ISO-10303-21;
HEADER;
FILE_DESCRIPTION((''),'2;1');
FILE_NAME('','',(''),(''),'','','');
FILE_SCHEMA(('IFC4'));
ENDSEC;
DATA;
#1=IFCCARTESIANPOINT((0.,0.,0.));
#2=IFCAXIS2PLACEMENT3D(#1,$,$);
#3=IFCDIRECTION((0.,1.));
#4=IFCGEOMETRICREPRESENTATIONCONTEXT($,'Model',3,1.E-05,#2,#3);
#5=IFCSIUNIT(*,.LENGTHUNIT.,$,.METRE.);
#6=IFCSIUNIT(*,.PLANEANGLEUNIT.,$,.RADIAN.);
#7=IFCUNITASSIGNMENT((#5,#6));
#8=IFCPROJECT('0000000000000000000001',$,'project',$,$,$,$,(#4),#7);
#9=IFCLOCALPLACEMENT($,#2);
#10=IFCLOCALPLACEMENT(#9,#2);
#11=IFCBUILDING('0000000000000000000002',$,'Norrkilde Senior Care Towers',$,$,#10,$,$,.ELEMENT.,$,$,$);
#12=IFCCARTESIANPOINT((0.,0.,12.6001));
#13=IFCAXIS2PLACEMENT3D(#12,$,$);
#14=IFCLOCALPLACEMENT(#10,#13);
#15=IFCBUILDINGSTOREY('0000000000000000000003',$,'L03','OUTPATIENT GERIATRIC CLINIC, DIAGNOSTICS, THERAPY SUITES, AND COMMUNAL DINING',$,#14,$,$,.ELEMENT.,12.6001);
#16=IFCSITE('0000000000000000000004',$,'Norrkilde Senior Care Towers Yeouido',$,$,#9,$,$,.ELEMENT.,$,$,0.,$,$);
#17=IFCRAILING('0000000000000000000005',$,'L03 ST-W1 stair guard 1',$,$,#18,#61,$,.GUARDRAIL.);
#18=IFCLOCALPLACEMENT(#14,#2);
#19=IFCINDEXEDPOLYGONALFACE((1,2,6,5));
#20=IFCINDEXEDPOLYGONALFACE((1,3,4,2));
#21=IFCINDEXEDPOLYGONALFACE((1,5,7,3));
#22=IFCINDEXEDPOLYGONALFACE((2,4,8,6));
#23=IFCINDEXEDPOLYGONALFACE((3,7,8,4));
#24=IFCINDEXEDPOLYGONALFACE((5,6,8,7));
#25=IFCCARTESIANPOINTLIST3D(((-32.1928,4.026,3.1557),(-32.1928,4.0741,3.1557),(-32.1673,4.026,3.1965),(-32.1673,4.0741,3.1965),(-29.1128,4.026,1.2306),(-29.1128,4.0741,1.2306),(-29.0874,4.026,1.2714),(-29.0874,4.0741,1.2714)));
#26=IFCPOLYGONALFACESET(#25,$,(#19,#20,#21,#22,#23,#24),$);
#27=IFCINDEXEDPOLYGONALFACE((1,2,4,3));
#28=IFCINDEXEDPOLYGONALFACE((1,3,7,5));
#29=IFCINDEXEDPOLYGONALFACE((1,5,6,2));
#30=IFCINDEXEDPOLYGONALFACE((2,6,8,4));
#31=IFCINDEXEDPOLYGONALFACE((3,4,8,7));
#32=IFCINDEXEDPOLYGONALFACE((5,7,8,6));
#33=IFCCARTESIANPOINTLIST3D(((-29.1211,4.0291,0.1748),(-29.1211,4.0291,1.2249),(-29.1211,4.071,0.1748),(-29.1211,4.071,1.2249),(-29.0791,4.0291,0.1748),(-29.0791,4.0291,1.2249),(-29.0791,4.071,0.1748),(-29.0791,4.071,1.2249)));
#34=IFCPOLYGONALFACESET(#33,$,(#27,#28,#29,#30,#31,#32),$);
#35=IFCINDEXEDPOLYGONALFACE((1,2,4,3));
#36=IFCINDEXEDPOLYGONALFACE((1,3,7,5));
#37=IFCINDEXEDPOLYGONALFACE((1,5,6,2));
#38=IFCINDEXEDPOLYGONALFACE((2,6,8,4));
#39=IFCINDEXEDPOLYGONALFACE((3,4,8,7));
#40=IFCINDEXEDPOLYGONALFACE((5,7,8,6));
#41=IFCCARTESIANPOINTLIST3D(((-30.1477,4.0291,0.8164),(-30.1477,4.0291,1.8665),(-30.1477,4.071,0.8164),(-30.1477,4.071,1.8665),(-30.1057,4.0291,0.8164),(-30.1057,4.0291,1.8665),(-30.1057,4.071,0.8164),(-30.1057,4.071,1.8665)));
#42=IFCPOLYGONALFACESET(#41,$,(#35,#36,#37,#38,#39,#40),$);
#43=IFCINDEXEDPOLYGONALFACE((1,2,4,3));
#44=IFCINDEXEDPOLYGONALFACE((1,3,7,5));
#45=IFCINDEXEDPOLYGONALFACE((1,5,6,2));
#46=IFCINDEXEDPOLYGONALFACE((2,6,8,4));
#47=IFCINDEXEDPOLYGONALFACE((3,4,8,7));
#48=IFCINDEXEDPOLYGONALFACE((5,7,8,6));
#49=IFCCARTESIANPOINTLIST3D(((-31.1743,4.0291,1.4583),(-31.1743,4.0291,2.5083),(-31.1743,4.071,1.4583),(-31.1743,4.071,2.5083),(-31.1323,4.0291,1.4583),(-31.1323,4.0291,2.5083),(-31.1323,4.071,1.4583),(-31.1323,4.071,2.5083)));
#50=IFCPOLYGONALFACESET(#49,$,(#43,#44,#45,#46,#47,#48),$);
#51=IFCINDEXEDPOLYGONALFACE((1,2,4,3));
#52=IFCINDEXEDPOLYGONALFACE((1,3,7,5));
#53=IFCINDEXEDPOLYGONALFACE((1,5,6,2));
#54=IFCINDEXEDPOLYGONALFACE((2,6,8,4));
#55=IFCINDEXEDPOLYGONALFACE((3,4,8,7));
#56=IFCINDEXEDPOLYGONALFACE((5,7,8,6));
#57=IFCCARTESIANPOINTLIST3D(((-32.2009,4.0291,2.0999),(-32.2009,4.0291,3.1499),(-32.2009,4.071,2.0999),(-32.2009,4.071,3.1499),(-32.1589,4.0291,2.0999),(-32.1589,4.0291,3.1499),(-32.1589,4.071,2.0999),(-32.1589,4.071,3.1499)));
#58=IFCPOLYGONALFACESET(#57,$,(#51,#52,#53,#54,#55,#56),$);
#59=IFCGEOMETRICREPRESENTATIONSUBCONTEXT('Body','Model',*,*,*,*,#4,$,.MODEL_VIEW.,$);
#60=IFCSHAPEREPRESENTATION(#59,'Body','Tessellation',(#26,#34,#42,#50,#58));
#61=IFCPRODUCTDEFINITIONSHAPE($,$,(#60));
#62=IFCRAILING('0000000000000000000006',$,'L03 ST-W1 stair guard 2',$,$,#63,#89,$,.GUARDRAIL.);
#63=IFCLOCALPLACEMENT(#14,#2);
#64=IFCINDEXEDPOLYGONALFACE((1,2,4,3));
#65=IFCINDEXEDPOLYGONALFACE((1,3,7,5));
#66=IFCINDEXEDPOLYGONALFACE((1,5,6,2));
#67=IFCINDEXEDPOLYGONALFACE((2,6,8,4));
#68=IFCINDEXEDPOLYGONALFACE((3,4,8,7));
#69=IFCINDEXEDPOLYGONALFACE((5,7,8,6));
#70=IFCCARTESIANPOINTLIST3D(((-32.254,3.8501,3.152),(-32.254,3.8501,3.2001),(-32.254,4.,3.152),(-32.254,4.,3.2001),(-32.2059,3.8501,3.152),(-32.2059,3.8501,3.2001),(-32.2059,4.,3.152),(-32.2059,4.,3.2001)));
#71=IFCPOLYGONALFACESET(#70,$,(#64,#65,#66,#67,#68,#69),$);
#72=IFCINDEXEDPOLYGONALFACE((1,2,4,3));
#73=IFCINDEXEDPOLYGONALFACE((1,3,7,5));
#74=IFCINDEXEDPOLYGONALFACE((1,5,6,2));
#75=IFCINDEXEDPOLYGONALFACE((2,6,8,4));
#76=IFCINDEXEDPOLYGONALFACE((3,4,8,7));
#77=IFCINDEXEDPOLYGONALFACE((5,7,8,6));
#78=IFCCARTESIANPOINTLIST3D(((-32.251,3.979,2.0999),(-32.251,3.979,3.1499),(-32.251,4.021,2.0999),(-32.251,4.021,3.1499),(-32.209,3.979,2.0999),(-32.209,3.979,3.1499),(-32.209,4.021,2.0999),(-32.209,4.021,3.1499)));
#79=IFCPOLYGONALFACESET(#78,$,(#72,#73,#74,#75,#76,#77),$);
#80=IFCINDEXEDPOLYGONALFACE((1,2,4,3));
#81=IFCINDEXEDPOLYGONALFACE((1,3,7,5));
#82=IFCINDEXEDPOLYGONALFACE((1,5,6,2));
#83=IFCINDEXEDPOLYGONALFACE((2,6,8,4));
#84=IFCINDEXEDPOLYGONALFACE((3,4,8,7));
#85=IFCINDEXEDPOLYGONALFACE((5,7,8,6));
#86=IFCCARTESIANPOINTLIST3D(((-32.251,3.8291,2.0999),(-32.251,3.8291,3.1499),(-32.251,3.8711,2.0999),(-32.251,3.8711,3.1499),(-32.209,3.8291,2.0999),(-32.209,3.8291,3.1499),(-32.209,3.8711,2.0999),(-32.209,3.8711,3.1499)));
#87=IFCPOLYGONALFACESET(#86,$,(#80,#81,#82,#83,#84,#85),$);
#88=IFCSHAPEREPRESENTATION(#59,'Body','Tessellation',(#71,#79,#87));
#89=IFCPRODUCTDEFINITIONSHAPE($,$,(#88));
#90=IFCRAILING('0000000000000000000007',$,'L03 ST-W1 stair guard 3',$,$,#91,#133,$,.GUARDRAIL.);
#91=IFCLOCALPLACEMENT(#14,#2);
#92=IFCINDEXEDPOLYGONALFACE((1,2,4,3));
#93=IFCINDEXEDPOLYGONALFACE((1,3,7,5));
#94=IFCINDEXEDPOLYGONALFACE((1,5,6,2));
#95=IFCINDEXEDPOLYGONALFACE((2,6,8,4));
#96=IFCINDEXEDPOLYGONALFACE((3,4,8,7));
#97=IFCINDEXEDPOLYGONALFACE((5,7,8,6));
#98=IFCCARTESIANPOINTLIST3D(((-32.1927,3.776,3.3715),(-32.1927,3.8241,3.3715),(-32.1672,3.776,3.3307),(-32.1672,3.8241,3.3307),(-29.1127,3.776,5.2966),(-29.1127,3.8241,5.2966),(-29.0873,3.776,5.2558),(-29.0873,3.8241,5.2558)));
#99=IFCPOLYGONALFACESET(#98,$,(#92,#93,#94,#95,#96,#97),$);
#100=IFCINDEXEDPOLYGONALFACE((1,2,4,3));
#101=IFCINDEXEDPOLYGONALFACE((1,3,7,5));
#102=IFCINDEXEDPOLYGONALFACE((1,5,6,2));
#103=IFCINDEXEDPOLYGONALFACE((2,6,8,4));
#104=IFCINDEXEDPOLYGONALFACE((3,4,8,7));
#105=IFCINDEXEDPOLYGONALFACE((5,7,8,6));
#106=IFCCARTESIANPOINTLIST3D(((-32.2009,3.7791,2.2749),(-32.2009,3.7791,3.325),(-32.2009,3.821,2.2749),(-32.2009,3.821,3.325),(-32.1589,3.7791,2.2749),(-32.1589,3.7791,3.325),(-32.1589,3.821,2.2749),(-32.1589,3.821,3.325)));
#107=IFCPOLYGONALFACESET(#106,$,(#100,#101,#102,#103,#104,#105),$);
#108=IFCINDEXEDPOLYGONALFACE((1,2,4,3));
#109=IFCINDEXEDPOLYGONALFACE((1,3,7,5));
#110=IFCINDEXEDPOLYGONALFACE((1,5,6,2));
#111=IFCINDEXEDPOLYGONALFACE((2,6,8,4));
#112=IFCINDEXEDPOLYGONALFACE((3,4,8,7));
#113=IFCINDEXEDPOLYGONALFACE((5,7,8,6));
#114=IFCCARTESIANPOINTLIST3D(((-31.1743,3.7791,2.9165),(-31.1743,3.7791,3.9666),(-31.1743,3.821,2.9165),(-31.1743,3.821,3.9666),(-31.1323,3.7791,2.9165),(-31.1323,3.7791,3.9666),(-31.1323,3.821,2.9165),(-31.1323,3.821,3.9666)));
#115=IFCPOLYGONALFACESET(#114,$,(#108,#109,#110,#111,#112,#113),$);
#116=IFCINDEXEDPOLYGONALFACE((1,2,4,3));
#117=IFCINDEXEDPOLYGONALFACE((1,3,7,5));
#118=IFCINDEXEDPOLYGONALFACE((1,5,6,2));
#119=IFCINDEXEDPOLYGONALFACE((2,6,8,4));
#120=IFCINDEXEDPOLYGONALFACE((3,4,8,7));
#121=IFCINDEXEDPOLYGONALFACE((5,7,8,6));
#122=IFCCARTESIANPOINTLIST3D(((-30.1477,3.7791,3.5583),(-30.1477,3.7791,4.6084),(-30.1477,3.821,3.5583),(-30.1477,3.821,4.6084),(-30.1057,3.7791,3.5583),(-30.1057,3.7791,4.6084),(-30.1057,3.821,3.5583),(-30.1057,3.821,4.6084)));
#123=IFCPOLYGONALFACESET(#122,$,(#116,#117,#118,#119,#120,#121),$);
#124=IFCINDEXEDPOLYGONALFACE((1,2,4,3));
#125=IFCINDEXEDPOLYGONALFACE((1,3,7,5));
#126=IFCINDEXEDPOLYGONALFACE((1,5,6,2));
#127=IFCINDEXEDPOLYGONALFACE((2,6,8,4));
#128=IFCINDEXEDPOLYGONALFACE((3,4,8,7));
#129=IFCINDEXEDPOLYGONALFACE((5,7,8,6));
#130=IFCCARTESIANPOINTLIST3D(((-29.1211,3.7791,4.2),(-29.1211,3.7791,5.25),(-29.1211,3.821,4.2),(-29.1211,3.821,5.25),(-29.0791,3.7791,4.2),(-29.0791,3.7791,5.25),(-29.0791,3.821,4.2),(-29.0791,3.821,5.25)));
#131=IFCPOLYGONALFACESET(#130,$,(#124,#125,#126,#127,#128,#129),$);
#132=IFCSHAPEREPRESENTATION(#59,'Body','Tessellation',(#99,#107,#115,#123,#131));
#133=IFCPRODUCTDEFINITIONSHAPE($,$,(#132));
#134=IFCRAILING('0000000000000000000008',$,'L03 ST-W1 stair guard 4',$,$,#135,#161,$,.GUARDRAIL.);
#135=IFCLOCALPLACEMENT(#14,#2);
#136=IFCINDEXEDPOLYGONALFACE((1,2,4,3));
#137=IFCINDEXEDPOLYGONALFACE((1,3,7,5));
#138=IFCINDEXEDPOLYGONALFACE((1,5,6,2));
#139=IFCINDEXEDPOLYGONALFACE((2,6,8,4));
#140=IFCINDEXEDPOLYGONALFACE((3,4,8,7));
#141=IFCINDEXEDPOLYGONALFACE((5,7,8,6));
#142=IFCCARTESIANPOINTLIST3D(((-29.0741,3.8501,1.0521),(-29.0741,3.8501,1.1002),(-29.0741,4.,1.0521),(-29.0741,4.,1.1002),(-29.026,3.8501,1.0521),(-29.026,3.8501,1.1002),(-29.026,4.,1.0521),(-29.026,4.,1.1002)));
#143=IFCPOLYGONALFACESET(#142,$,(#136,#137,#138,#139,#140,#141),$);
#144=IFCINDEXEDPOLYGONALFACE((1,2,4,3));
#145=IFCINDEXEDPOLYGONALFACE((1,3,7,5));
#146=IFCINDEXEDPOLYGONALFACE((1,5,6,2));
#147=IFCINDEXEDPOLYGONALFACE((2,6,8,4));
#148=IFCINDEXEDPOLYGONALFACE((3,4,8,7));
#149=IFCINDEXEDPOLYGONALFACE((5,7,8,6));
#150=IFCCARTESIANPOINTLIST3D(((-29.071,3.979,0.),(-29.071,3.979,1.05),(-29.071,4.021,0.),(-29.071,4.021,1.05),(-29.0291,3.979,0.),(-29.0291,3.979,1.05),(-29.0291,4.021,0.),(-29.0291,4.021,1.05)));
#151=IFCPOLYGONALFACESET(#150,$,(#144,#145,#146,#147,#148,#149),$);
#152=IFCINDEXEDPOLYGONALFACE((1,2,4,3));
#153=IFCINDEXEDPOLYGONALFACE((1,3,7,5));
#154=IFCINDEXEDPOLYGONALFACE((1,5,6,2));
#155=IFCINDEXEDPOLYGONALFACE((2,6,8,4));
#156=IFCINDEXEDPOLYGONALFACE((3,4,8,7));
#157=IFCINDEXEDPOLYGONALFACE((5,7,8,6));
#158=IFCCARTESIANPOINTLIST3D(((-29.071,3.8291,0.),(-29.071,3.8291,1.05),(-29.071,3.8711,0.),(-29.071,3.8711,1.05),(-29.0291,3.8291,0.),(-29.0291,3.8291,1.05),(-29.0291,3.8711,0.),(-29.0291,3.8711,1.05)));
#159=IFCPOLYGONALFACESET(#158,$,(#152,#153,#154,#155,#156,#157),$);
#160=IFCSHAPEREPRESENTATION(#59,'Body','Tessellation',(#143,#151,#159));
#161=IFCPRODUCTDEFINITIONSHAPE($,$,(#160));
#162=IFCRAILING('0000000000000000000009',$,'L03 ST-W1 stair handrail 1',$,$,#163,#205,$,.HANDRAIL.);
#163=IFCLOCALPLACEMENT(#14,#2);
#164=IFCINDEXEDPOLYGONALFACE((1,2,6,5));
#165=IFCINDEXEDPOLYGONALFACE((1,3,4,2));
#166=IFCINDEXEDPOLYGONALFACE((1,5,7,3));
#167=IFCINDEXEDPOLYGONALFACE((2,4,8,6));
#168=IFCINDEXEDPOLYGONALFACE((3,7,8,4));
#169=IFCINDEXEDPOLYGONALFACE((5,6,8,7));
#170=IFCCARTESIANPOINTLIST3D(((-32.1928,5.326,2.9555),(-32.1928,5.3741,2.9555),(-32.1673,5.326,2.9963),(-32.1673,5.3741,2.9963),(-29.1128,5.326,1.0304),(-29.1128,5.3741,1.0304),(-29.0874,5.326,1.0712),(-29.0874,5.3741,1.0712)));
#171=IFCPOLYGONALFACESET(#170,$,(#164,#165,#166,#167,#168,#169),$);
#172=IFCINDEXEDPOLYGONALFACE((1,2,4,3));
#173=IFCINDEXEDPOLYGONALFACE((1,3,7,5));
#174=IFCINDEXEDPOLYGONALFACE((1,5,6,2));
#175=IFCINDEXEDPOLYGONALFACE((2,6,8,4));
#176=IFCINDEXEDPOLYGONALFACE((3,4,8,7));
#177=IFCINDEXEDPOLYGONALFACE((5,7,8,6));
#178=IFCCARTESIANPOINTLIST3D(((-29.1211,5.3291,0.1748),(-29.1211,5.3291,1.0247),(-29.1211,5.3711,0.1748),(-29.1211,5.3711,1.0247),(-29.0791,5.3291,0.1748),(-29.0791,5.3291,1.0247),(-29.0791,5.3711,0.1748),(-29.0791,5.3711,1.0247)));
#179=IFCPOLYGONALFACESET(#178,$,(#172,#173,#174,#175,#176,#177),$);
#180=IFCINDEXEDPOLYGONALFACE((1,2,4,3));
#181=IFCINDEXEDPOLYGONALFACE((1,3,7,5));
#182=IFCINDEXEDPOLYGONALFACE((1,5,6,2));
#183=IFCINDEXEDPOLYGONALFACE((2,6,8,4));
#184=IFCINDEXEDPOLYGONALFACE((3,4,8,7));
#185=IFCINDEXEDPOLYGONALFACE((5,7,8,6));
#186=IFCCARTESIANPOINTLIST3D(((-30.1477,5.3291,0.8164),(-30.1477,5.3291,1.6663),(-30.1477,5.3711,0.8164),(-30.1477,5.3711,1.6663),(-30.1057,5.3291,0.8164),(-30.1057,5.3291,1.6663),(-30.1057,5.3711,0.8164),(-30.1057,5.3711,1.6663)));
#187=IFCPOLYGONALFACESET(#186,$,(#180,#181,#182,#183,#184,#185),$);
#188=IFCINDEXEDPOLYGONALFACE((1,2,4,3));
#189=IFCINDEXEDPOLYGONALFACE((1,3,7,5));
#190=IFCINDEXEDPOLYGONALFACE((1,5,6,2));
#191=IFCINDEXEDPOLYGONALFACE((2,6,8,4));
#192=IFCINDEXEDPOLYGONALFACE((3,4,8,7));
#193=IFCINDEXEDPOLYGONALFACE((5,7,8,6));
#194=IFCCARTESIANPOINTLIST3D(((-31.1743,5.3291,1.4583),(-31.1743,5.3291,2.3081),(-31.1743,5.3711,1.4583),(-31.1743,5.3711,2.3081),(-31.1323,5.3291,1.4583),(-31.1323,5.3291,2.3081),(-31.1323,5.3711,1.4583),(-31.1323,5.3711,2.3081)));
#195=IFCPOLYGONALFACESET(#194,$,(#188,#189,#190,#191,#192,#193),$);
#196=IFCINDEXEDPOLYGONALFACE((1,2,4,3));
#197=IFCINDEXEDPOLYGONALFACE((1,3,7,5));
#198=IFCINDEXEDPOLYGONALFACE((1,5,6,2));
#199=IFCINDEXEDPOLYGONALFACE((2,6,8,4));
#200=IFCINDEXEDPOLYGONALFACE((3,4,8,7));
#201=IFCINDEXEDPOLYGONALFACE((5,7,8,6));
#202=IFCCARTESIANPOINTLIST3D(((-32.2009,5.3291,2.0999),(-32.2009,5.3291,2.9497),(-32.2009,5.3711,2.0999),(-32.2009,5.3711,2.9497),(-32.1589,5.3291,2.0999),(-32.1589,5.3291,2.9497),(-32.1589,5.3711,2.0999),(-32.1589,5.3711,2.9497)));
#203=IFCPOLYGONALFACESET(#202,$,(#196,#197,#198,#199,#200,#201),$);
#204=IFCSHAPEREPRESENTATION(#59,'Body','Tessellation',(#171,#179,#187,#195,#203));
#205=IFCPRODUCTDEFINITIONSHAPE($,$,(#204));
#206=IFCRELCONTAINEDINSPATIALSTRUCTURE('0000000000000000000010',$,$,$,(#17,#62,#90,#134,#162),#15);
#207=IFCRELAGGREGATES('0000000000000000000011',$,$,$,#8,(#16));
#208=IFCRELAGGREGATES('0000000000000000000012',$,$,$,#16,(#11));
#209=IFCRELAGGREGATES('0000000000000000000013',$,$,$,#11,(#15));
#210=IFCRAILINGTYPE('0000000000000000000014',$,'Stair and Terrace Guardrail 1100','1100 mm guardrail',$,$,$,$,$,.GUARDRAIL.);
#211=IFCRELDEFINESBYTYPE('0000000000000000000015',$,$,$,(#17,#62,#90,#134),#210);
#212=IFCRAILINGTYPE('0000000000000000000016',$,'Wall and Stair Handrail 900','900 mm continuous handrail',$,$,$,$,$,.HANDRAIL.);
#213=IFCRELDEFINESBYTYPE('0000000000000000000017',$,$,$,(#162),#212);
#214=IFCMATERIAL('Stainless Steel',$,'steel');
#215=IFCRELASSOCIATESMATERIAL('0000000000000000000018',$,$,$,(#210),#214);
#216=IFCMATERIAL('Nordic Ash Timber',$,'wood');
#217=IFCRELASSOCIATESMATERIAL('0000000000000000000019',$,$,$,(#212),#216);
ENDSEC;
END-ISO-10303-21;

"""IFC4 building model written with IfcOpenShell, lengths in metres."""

from ifc_helpers import new_model, si_unit, direction, frame, origin, origin_2d, place, context, subcontext, project, spatial, rectangle, extrude, material, type_object, element, save


model = new_model("IFC4")

# Units and contexts
model_context = context("Model", 3, precision=1e-05, world=origin(), true_north=direction((0.0, 1.0)))
body_context = subcontext(model_context, "Body", "Model", "MODEL_VIEW")
ifc_project = project(units=[si_unit("LENGTHUNIT", "METRE"), si_unit("PLANEANGLEUNIT", "RADIAN")], contexts=[model_context])

# Site, building, storey
site_placement = place(None, origin())
site = spatial("IfcSite", under=ifc_project, at=site_placement, Name="Norrkilde Senior Care Towers Yeouido", CompositionType="ELEMENT", RefElevation=0.0)
building_placement = place(site_placement, origin())
building = spatial("IfcBuilding", under=site, at=building_placement, Name="Norrkilde Senior Care Towers", CompositionType="ELEMENT")
storey_placement = place(building_placement, frame((0.0, 0.0, 12.6001)))
storey = spatial("IfcBuildingStorey", under=building, at=storey_placement, Name="L03", Description="OUTPATIENT GERIATRIC CLINIC, DIAGNOSTICS, THERAPY SUITES, AND COMMUNAL DINING", CompositionType="ELEMENT", Elevation=12.6001)

# Shared definitions
ifc_material_1 = material(Name="Stainless Steel", Category="steel")

# Railings
railing_type_1 = type_object("IfcRailingType", Name="Stair and Terrace Guardrail 1100", Description="1100 mm guardrail", PredefinedType="GUARDRAIL", material=ifc_material_1)
railing_1_placement = place(storey_placement, frame((-29.1001, 4.05, 0.1748)))
element("IfcRailing", 1, at=railing_1_placement, inside=storey, type_object=railing_type_1, Name="L03 ST-W1 stair guard 1", PredefinedType="GUARDRAIL", context=body_context, shape_type="SweptSolid", body=[
    extrude(rectangle(XDim=0.0481, YDim=0.0481, at=origin_2d()), frame((0.0, 0.0, 1.0762), z_axis=(-0.847979, 0.0, 0.530029), x_axis=(0.0, -1.0, 0.0)), (0.0, 0.0, 1.0), 3.6321),
    extrude(rectangle(XDim=0.042, YDim=0.042, at=origin_2d()), origin(), (0.0, 0.0, 1.0), 1.05),
    extrude(rectangle(XDim=0.042, YDim=0.042, at=origin_2d()), frame((-1.0266, 0.0, 0.6416)), (0.0, 0.0, 1.0), 1.05),
    extrude(rectangle(XDim=0.042, YDim=0.042, at=origin_2d()), frame((-2.0532, 0.0, 1.2834)), (0.0, 0.0, 1.0), 1.05),
    extrude(rectangle(XDim=0.042, YDim=0.042, at=origin_2d()), frame((-3.0798, 0.0, 1.925)), (0.0, 0.0, 1.0), 1.05),
])
railing_2_placement = place(storey_placement, frame((-32.23, 4.0, 2.0999)))
element("IfcRailing", 2, at=railing_2_placement, inside=storey, type_object=railing_type_1, Name="L03 ST-W1 stair guard 2", PredefinedType="GUARDRAIL", context=body_context, shape_type="SweptSolid", body=[
    extrude(rectangle(XDim=0.0481, YDim=0.0481, at=origin_2d()), frame((0.0, 0.0, 1.0762), z_axis=(0.0, -1.0, 0.0), x_axis=(1.0, 0.0, 0.0)), (0.0, 0.0, 1.0), 0.1499),
    extrude(rectangle(XDim=0.042, YDim=0.042, at=origin_2d()), origin(), (0.0, 0.0, 1.0), 1.05),
    extrude(rectangle(XDim=0.042, YDim=0.042, at=origin_2d()), frame((0.0, -0.1499, 0.0)), (0.0, 0.0, 1.0), 1.05),
])
railing_3_placement = place(storey_placement, frame((-32.1799, 3.8, 2.2749)))
element("IfcRailing", 3, at=railing_3_placement, inside=storey, type_object=railing_type_1, Name="L03 ST-W1 stair guard 3", PredefinedType="GUARDRAIL", context=body_context, shape_type="SweptSolid", body=[
    extrude(rectangle(XDim=0.0481, YDim=0.0481, at=origin_2d()), frame((0.0, 0.0, 1.0762), z_axis=(0.847979, 0.0, 0.530029), x_axis=(0.0, 1.0, 0.0)), (0.0, 0.0, 1.0), 3.6321),
    extrude(rectangle(XDim=0.042, YDim=0.042, at=origin_2d()), origin(), (0.0, 0.0, 1.0), 1.05),
    extrude(rectangle(XDim=0.042, YDim=0.042, at=origin_2d()), frame((1.0266, 0.0, 0.6416)), (0.0, 0.0, 1.0), 1.05),
    extrude(rectangle(XDim=0.042, YDim=0.042, at=origin_2d()), frame((2.0532, 0.0, 1.2834)), (0.0, 0.0, 1.0), 1.05),
    extrude(rectangle(XDim=0.042, YDim=0.042, at=origin_2d()), frame((3.0798, 0.0, 1.925)), (0.0, 0.0, 1.0), 1.05),
])
railing_4_placement = place(storey_placement, frame((-29.05, 4.0, 0.0)))
element("IfcRailing", 4, at=railing_4_placement, inside=storey, type_object=railing_type_1, Name="L03 ST-W1 stair guard 4", PredefinedType="GUARDRAIL", context=body_context, shape_type="SweptSolid", body=[
    extrude(rectangle(XDim=0.0481, YDim=0.0481, at=origin_2d()), frame((0.0, 0.0, 1.0762), z_axis=(0.0, -1.0, 0.0), x_axis=(1.0, 0.0, 0.0)), (0.0, 0.0, 1.0), 0.1499),
    extrude(rectangle(XDim=0.042, YDim=0.042, at=origin_2d()), origin(), (0.0, 0.0, 1.0), 1.05),
    extrude(rectangle(XDim=0.042, YDim=0.042, at=origin_2d()), frame((0.0, -0.1499, 0.0)), (0.0, 0.0, 1.0), 1.05),
])
ifc_material_2 = material(Name="Nordic Ash Timber", Category="wood")
railing_type_2 = type_object("IfcRailingType", Name="Wall and Stair Handrail 900", Description="900 mm continuous handrail", PredefinedType="HANDRAIL", material=ifc_material_2)
railing_5_placement = place(storey_placement, frame((-29.1001, 5.3501, 0.1748)))
element("IfcRailing", 5, at=railing_5_placement, inside=storey, type_object=railing_type_2, Name="L03 ST-W1 stair handrail 1", PredefinedType="HANDRAIL", context=body_context, shape_type="SweptSolid", body=[
    extrude(rectangle(XDim=0.0481, YDim=0.0481, at=origin_2d()), frame((0.0, 0.0, 0.876), z_axis=(-0.847979, 0.0, 0.530029), x_axis=(0.0, -1.0, 0.0)), (0.0, 0.0, 1.0), 3.6321),
    extrude(rectangle(XDim=0.042, YDim=0.042, at=origin_2d()), origin(), (0.0, 0.0, 1.0), 0.8499),
    extrude(rectangle(XDim=0.042, YDim=0.042, at=origin_2d()), frame((-1.0266, 0.0, 0.6416)), (0.0, 0.0, 1.0), 0.8499),
    extrude(rectangle(XDim=0.042, YDim=0.042, at=origin_2d()), frame((-2.0532, 0.0, 1.2834)), (0.0, 0.0, 1.0), 0.8499),
    extrude(rectangle(XDim=0.042, YDim=0.042, at=origin_2d()), frame((-3.0798, 0.0, 1.925)), (0.0, 0.0, 1.0), 0.8499),
])

save(model, "model.ifc")
